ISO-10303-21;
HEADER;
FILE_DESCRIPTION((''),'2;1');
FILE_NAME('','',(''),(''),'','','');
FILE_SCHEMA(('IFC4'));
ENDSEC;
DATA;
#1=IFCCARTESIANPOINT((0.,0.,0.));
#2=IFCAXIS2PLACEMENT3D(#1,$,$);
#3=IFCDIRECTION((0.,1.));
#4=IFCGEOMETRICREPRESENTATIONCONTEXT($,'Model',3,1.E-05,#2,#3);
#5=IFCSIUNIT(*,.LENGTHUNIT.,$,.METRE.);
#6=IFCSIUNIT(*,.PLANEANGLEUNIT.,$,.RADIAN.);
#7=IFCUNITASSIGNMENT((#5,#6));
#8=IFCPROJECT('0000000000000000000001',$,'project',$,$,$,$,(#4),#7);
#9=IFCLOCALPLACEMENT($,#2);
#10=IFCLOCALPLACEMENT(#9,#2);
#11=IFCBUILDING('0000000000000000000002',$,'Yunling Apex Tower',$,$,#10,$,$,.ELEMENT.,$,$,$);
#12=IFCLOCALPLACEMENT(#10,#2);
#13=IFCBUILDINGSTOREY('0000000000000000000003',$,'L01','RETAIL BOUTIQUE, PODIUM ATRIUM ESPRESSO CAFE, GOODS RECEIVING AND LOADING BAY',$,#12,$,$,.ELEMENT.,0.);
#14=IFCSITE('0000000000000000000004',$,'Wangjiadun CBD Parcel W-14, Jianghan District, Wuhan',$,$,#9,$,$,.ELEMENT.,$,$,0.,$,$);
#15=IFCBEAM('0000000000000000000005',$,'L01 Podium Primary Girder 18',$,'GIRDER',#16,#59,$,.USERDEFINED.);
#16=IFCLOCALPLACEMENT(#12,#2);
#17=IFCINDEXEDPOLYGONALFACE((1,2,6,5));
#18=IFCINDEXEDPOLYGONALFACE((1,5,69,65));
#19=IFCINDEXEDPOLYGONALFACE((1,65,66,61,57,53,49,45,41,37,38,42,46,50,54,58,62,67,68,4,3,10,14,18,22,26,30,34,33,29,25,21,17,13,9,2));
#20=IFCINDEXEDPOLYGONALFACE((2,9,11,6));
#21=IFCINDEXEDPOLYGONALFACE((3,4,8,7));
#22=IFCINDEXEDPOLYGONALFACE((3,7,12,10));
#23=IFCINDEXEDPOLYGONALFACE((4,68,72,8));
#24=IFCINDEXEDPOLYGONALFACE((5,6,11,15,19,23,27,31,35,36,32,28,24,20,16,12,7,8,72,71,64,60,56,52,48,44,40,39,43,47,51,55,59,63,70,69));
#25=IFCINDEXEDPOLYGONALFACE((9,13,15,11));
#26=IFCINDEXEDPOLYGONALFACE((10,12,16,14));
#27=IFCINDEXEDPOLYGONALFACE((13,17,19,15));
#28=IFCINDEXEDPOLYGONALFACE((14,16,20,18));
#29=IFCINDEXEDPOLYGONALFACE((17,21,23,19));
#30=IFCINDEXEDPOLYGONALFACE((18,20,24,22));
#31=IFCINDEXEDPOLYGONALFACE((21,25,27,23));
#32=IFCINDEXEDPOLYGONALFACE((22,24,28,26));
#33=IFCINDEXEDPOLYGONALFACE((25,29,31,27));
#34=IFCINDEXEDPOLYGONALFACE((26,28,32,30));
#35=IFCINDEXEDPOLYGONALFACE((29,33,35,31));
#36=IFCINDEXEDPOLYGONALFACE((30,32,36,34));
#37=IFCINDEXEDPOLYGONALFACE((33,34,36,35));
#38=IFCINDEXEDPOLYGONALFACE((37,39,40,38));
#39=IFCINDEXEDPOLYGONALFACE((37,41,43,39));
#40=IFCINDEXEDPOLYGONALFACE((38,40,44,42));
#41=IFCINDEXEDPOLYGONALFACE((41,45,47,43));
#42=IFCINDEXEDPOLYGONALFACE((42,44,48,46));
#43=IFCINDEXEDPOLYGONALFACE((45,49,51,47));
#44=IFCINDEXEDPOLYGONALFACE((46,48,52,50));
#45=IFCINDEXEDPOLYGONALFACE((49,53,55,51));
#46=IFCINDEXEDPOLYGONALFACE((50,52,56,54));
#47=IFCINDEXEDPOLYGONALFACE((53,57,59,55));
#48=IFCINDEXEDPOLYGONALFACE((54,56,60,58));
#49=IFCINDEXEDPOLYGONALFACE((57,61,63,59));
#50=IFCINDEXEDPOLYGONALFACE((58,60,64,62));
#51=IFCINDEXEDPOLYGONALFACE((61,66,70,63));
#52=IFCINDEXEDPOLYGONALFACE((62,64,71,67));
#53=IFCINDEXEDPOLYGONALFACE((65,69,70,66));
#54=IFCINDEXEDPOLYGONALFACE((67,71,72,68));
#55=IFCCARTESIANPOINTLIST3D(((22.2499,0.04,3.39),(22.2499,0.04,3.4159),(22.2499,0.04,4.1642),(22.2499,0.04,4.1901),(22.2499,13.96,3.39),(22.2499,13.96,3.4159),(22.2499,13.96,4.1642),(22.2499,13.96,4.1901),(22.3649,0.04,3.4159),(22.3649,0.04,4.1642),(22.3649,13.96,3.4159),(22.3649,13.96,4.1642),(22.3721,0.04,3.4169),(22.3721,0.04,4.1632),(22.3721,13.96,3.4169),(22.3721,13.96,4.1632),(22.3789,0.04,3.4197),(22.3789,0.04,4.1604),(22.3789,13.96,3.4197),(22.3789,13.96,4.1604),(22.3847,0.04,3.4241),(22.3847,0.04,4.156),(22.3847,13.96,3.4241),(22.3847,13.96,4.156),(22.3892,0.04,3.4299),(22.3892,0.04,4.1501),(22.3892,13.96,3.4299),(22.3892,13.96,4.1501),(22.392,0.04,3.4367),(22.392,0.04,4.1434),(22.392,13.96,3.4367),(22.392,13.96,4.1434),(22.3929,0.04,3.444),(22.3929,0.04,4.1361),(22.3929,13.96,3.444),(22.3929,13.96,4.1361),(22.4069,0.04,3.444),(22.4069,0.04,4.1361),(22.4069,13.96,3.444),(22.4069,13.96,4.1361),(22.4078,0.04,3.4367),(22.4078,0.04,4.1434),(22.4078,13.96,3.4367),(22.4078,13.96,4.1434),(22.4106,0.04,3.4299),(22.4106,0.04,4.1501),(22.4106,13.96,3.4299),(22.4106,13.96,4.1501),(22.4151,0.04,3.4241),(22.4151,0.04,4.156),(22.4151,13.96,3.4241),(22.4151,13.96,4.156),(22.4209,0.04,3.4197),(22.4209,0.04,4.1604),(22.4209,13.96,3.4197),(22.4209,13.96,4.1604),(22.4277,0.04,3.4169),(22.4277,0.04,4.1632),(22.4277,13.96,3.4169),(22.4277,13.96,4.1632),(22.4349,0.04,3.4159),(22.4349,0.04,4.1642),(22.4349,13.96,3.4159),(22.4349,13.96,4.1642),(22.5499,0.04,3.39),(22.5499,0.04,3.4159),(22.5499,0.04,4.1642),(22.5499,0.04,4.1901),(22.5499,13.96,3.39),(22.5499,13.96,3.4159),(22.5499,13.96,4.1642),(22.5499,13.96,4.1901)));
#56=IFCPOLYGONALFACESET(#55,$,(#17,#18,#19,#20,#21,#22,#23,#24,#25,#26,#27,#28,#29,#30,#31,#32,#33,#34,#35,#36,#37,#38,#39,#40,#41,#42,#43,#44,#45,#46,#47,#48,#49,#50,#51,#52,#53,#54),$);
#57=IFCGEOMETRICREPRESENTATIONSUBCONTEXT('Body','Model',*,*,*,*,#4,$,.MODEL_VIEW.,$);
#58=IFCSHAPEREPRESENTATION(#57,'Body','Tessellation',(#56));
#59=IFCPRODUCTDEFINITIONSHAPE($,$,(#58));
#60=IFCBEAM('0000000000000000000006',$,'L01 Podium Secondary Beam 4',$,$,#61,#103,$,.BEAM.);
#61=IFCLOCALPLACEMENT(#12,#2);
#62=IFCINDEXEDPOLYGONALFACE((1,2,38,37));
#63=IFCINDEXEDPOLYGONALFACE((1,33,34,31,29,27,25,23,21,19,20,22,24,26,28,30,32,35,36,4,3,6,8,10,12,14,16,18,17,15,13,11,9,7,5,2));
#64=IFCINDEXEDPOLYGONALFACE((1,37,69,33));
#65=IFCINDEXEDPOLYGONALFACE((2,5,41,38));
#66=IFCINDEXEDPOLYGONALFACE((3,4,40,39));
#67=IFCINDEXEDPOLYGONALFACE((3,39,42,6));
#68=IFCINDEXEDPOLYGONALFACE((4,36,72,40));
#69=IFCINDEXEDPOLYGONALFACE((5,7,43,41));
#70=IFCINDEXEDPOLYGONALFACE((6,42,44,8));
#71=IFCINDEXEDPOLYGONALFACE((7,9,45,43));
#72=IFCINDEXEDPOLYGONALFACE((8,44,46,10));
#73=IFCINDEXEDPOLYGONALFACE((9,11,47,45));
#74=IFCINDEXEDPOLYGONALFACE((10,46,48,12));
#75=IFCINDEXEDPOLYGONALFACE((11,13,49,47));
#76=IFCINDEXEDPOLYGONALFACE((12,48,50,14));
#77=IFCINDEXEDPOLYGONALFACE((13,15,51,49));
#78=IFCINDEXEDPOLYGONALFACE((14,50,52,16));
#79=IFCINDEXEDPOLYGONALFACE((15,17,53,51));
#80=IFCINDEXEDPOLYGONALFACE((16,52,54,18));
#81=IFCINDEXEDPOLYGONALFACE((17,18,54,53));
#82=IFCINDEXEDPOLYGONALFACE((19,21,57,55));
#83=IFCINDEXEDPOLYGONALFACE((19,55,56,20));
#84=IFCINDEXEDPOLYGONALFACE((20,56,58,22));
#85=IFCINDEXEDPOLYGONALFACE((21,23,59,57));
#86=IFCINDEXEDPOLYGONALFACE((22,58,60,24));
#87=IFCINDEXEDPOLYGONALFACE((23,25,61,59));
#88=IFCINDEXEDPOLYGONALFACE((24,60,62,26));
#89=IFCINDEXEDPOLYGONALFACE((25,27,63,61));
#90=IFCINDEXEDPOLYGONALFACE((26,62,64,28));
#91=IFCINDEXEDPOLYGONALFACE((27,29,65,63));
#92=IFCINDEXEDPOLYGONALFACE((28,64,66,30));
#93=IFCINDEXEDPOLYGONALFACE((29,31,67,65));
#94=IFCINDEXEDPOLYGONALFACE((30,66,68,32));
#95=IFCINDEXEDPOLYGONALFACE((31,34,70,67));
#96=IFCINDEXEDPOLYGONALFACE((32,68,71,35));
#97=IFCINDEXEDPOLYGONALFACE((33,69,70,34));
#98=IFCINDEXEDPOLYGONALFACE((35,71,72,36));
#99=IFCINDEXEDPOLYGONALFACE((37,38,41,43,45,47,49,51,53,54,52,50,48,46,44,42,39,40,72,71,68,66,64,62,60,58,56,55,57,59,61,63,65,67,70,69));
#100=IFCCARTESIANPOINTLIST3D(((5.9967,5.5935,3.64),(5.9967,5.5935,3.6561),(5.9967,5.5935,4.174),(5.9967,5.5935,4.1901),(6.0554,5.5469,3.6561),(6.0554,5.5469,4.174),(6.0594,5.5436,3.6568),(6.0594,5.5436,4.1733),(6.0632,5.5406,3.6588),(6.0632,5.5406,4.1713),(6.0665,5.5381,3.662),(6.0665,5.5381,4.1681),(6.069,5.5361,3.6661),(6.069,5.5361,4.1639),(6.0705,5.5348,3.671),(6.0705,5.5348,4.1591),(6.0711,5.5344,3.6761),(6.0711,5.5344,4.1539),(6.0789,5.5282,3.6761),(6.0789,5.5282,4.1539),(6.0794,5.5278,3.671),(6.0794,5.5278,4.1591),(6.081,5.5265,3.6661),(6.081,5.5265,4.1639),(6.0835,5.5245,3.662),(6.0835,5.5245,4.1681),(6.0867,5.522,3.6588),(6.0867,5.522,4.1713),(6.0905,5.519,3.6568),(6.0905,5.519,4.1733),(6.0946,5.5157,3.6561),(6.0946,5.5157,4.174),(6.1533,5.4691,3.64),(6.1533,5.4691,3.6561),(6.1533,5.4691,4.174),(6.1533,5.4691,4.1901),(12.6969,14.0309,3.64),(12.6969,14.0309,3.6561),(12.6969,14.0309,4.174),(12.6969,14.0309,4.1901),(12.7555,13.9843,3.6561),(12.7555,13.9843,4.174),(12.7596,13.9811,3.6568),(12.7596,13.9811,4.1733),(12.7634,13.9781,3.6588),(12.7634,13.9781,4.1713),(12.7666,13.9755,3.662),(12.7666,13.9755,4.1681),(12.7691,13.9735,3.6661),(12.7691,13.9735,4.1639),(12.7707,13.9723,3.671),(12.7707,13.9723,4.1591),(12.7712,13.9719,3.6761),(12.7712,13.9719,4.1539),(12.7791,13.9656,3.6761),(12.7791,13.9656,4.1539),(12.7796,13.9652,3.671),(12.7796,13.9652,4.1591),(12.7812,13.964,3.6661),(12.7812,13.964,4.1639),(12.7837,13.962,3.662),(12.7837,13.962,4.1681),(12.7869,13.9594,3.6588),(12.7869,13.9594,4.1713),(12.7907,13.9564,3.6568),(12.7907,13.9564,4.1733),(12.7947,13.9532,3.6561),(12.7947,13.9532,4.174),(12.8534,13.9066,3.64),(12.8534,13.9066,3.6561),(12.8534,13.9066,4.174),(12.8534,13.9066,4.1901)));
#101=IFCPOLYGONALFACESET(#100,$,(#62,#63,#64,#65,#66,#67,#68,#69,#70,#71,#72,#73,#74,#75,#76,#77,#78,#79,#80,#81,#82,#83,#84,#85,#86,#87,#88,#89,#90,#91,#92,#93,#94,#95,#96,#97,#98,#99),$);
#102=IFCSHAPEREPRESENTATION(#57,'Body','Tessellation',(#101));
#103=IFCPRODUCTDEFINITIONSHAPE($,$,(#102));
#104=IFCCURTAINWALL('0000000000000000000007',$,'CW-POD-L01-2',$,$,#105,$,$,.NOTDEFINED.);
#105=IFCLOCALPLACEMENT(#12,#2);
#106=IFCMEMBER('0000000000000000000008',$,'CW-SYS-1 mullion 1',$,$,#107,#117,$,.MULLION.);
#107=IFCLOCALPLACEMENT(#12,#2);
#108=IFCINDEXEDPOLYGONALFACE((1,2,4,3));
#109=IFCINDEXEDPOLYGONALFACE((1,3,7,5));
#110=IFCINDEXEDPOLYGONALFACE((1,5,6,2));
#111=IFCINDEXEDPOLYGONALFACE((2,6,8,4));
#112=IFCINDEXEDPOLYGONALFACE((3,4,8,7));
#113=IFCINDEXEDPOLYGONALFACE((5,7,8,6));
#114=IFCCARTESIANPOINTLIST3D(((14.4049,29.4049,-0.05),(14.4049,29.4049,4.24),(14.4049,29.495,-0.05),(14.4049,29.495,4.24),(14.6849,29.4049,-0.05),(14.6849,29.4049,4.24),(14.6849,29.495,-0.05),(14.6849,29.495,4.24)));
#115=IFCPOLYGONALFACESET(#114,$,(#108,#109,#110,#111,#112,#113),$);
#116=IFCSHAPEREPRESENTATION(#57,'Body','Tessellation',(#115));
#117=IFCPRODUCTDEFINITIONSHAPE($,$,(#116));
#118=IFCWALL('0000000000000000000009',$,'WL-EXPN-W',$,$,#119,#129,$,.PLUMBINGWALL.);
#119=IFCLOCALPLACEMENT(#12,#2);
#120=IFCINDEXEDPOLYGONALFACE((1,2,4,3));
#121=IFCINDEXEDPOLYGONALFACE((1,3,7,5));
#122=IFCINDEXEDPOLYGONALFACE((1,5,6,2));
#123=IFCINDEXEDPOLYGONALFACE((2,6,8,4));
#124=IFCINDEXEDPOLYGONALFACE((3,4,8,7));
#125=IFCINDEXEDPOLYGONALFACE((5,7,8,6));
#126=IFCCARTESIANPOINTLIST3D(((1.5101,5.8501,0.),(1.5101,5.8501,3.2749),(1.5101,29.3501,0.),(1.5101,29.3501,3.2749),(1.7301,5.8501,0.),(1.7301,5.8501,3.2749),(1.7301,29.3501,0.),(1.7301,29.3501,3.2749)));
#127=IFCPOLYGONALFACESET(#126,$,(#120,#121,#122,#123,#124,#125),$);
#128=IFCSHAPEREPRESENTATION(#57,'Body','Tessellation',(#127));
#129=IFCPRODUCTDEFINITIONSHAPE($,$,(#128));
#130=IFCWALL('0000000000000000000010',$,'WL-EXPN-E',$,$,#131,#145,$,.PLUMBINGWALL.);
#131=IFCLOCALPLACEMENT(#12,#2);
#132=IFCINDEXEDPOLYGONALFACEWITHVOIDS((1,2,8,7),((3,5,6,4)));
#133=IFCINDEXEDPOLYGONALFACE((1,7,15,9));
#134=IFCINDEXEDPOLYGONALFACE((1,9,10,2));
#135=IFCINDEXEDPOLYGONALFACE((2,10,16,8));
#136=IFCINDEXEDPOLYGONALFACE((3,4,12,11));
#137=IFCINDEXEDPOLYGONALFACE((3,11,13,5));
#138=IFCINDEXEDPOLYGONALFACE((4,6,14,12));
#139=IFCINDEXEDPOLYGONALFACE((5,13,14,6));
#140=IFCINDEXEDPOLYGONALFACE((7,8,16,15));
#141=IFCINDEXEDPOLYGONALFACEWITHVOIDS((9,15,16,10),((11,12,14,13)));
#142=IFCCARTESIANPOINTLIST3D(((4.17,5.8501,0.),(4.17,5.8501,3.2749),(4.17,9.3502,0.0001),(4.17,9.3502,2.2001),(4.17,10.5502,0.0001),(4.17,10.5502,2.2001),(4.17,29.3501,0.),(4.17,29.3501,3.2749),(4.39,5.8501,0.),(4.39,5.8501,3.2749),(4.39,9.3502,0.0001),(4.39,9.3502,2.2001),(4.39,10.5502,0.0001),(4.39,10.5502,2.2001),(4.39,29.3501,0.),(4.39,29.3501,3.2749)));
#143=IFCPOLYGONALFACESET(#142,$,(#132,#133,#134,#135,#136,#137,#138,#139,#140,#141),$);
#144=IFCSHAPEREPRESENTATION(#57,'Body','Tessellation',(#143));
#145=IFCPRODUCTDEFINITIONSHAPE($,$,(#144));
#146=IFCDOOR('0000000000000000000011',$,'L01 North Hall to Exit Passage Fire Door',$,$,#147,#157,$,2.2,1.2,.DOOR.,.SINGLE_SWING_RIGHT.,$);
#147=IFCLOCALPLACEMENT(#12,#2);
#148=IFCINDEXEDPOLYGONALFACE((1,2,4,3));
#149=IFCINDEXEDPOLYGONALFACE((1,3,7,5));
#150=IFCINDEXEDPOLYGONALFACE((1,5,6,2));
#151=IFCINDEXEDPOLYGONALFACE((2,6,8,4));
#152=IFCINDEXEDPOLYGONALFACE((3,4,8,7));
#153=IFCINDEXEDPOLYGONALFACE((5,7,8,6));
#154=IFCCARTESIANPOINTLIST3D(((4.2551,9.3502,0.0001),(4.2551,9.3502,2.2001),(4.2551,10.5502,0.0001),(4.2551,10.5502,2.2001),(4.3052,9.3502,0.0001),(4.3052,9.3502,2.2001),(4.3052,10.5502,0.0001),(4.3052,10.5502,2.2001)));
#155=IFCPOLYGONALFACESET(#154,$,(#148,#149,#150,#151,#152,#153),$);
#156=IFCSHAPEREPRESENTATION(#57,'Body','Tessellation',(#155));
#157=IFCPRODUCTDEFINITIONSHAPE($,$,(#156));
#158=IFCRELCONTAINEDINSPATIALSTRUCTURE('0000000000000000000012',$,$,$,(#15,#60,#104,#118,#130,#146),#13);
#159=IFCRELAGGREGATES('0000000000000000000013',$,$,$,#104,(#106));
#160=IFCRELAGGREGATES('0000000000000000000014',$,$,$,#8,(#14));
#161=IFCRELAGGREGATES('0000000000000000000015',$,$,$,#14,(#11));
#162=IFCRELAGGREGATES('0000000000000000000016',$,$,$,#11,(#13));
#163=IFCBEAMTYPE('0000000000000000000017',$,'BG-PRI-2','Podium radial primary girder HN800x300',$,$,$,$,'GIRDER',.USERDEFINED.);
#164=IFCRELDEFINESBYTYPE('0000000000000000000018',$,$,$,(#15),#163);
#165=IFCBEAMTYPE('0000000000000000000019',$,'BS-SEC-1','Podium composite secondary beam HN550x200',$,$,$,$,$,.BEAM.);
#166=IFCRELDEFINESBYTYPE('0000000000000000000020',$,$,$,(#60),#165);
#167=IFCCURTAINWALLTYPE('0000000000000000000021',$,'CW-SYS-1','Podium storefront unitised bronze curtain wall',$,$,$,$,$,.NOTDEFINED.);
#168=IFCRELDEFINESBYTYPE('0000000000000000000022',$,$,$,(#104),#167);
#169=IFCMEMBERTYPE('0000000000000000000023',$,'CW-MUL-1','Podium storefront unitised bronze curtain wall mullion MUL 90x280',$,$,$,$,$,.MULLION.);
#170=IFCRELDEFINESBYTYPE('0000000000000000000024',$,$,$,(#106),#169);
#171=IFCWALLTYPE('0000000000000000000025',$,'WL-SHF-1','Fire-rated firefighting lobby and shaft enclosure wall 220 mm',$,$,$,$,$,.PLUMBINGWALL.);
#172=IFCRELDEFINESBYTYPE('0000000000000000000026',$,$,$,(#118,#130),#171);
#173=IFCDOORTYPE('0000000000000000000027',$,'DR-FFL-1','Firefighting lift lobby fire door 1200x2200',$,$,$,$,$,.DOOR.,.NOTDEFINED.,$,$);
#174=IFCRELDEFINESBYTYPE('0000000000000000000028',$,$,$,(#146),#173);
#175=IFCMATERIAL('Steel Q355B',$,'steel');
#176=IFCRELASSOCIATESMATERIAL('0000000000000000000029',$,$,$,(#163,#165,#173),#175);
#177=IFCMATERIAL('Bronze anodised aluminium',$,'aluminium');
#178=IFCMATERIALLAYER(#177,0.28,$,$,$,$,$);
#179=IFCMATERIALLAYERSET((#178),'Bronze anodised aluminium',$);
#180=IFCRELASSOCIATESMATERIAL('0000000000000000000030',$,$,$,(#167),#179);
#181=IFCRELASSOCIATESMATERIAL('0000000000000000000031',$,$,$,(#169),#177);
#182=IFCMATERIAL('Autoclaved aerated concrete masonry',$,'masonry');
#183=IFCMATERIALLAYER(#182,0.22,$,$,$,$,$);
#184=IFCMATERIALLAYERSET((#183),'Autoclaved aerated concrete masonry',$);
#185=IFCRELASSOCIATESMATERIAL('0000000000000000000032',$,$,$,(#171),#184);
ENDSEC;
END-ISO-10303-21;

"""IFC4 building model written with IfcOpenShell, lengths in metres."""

from ifc_helpers import new_model, si_unit, direction, frame, frame_2d, origin, origin_2d, place, context, subcontext, project, spatial, rectangle, i_section, extrude, source, transform, mapped, material, layer, layer_set, material_profile, profile_set, type_object, element, fill, aggregate, save


model = new_model("IFC4")

# Units and contexts
model_context = context("Model", 3, precision=1e-05, world=origin(), true_north=direction((0.0, 1.0)))
body_context = subcontext(model_context, "Body", "Model", "MODEL_VIEW")
ifc_project = project(units=[si_unit("LENGTHUNIT", "METRE"), si_unit("PLANEANGLEUNIT", "RADIAN")], contexts=[model_context])

# Site, building, storey
site_placement = place(None, origin())
site = spatial("IfcSite", under=ifc_project, at=site_placement, Name="Wangjiadun CBD Parcel W-14, Jianghan District, Wuhan", CompositionType="ELEMENT", RefElevation=0.0)
building_placement = place(site_placement, origin())
building = spatial("IfcBuilding", under=site, at=building_placement, Name="Yunling Apex Tower", CompositionType="ELEMENT")
storey_placement = place(building_placement, origin())
storey = spatial("IfcBuildingStorey", under=building, at=storey_placement, Name="L01", Description="RETAIL BOUTIQUE, PODIUM ATRIUM ESPRESSO CAFE, GOODS RECEIVING AND LOADING BAY", CompositionType="ELEMENT", Elevation=0.0)

# Beams
ifc_material_1 = material(Name="Steel Q355B", Category="steel")
ifc_material_profile_1 = material_profile(ifc_material_1, i_section(OverallWidth=0.3, OverallDepth=0.8, WebThickness=0.0139, FlangeThickness=0.0259, FilletRadius=0.0281, at=origin_2d()))
ifc_profile_set_1 = profile_set([ifc_material_profile_1], Name="Steel Q355B")
beam_type_1 = type_object("IfcBeamType", Name="BG-PRI-2", Description="Podium radial primary girder HN800x300", ElementType="GIRDER", PredefinedType="USERDEFINED", material=ifc_profile_set_1)
shared_shape_1 = source(origin(), body_context, "Body", "SweptSolid", [
    extrude(i_section(OverallWidth=0.3, OverallDepth=0.8, WebThickness=0.0139, FlangeThickness=0.0259, FilletRadius=0.0281, at=origin_2d()), origin(), (0.0, 0.0, 1.0), 13.9199),
])
beam_1_placement = place(storey_placement, frame((22.3999, 13.96, 3.79), z_axis=(0.0, -1.0, 0.0), x_axis=(1.0, 0.0, 0.0)))
element("IfcBeam", 1, at=beam_1_placement, inside=storey, type_object=beam_type_1, Name="L01 Podium Primary Girder 18", ObjectType="GIRDER", PredefinedType="USERDEFINED", context=body_context, shape_type="MappedRepresentation", body=[
    mapped(shared_shape_1, transform((0.0, 0.0, 0.0), scale=1.0)),
])
ifc_material_profile_2 = material_profile(ifc_material_1, i_section(OverallWidth=0.2, OverallDepth=0.55, WebThickness=0.01, FlangeThickness=0.0161, FilletRadius=0.02, at=origin_2d()))
ifc_profile_set_2 = profile_set([ifc_material_profile_2], Name="Steel Q355B")
beam_type_2 = type_object("IfcBeamType", Name="BS-SEC-1", Description="Podium composite secondary beam HN550x200", PredefinedType="BEAM", material=ifc_profile_set_2)
shared_shape_2 = source(origin(), body_context, "Body", "SweptSolid", [
    extrude(i_section(OverallWidth=0.2, OverallDepth=0.55, WebThickness=0.01, FlangeThickness=0.0161, FilletRadius=0.02, at=origin_2d()), origin(), (0.0, 0.0, 1.0), 10.7742),
])
beam_2_placement = place(storey_placement, frame((12.7751, 13.9688, 3.915), z_axis=(-0.621872, -0.783119, 0.0), x_axis=(0.783119, -0.621872, 0.0)))
element("IfcBeam", 2, at=beam_2_placement, inside=storey, type_object=beam_type_2, Name="L01 Podium Secondary Beam 4", PredefinedType="BEAM", context=body_context, shape_type="MappedRepresentation", body=[
    mapped(shared_shape_2, transform((0.0, 0.0, 0.0), scale=1.0)),
])

# Curtain wall, member
ifc_material_2 = material(Name="Bronze anodised aluminium", Category="aluminium")
ifc_layer_1 = layer(ifc_material_2, 0.28)
ifc_layer_set_1 = layer_set([ifc_layer_1], Name="Bronze anodised aluminium")
curtain_wall_type = type_object("IfcCurtainWallType", Name="CW-SYS-1", Description="Podium storefront unitised bronze curtain wall", PredefinedType="NOTDEFINED", material=ifc_layer_set_1)
curtain_wall_placement = place(storey_placement, origin())
curtain_wall = element("IfcCurtainWall", 3, at=curtain_wall_placement, inside=storey, type_object=curtain_wall_type, Name="CW-POD-L01-2", PredefinedType="NOTDEFINED")
ifc_material_profile_3 = material_profile(ifc_material_2, rectangle(XDim=0.0901, YDim=0.28, at=origin_2d()))
ifc_profile_set_3 = profile_set([ifc_material_profile_3], Name="Bronze anodised aluminium")
member_type = type_object("IfcMemberType", Name="CW-MUL-1", Description="Podium storefront unitised bronze curtain wall mullion MUL 90x280", PredefinedType="MULLION", material=ifc_profile_set_3)
shared_shape_3 = source(origin(), body_context, "Body", "SweptSolid", [
    extrude(rectangle(XDim=0.0901, YDim=0.28, at=origin_2d()), origin(), (0.0, 0.0, 1.0), 4.29),
])
member_placement = place(storey_placement, frame((14.5449, 29.45, -0.05), z_axis=(0.0, 0.0, 1.0), x_axis=(0.0, 1.0, 0.0)))
member = element("IfcMember", 4, at=member_placement, type_object=member_type, Name="CW-SYS-1 mullion 1", PredefinedType="MULLION", context=body_context, shape_type="MappedRepresentation", body=[
    mapped(shared_shape_3, transform((0.0, 0.0, 0.0), scale=1.0)),
])
aggregate(curtain_wall, [member])

# Wall
ifc_material_3 = material(Name="Autoclaved aerated concrete masonry", Category="masonry")
ifc_layer_2 = layer(ifc_material_3, 0.22)
ifc_layer_set_2 = layer_set([ifc_layer_2], Name="Autoclaved aerated concrete masonry")
wall_type = type_object("IfcWallType", Name="WL-SHF-1", Description="Fire-rated firefighting lobby and shaft enclosure wall 220 mm", PredefinedType="PLUMBINGWALL", material=ifc_layer_set_2)
wall_1_placement = place(storey_placement, frame((1.6201, 5.8501, 0.0), z_axis=(0.0, 0.0, 1.0), x_axis=(0.0, 1.0, 0.0)))
element("IfcWall", 5, at=wall_1_placement, inside=storey, type_object=wall_type, Name="WL-EXPN-W", PredefinedType="PLUMBINGWALL", context=body_context, shape_type="SweptSolid", body=[
    extrude(rectangle(XDim=23.5, YDim=0.22, at=frame_2d((11.75, 0.0))), origin(), (0.0, 0.0, 1.0), 3.2749),
])

# Wall, opening, door
wall_2_placement = place(storey_placement, frame((4.28, 5.8501, 0.0), z_axis=(0.0, 0.0, 1.0), x_axis=(0.0, 1.0, 0.0)))
wall_2 = element("IfcWall", 6, at=wall_2_placement, inside=storey, type_object=wall_type, Name="WL-EXPN-E", PredefinedType="PLUMBINGWALL", context=body_context, shape_type="SweptSolid", body=[
    extrude(rectangle(XDim=23.5, YDim=0.22, at=frame_2d((11.75, 0.0))), origin(), (0.0, 0.0, 1.0), 3.2749),
])
opening_1_placement = place(wall_2_placement, frame((3.5, 0.0, 0.0)))
opening_1 = element("IfcOpeningElement", 7, at=opening_1_placement, cuts=wall_2, PredefinedType="OPENING", context=body_context, shape_type="SweptSolid", body=[
    extrude(rectangle(XDim=1.2, YDim=2.2, at=frame_2d((0.6001, 1.1001))), frame((0.0, 0.1201, 0.0), z_axis=(0.0, -1.0, 0.0), x_axis=(1.0, 0.0, 0.0)), (0.0, 0.0, 1.0), 0.24),
])
door_type_1 = type_object("IfcDoorType", Name="DR-FFL-1", Description="Firefighting lift lobby fire door 1200x2200", OperationType="NOTDEFINED", PredefinedType="DOOR", material=ifc_material_1)
door_1_placement = place(opening_1_placement, origin())
door_1 = element("IfcDoor", 8, at=door_1_placement, inside=storey, type_object=door_type_1, Name="L01 North Hall to Exit Passage Fire Door", OperationType="SINGLE_SWING_RIGHT", OverallHeight=2.2, OverallWidth=1.2, PredefinedType="DOOR", context=body_context, shape_type="SweptSolid", body=[
    extrude(rectangle(XDim=1.2, YDim=2.2, at=frame_2d((0.6001, 1.1001))), frame((0.0, 0.0249, 0.0), z_axis=(0.0, -1.0, 0.0), x_axis=(1.0, 0.0, 0.0)), (0.0, 0.0, 1.0), 0.05),
])
fill(opening_1, door_1)

save(model, "model.ifc")
